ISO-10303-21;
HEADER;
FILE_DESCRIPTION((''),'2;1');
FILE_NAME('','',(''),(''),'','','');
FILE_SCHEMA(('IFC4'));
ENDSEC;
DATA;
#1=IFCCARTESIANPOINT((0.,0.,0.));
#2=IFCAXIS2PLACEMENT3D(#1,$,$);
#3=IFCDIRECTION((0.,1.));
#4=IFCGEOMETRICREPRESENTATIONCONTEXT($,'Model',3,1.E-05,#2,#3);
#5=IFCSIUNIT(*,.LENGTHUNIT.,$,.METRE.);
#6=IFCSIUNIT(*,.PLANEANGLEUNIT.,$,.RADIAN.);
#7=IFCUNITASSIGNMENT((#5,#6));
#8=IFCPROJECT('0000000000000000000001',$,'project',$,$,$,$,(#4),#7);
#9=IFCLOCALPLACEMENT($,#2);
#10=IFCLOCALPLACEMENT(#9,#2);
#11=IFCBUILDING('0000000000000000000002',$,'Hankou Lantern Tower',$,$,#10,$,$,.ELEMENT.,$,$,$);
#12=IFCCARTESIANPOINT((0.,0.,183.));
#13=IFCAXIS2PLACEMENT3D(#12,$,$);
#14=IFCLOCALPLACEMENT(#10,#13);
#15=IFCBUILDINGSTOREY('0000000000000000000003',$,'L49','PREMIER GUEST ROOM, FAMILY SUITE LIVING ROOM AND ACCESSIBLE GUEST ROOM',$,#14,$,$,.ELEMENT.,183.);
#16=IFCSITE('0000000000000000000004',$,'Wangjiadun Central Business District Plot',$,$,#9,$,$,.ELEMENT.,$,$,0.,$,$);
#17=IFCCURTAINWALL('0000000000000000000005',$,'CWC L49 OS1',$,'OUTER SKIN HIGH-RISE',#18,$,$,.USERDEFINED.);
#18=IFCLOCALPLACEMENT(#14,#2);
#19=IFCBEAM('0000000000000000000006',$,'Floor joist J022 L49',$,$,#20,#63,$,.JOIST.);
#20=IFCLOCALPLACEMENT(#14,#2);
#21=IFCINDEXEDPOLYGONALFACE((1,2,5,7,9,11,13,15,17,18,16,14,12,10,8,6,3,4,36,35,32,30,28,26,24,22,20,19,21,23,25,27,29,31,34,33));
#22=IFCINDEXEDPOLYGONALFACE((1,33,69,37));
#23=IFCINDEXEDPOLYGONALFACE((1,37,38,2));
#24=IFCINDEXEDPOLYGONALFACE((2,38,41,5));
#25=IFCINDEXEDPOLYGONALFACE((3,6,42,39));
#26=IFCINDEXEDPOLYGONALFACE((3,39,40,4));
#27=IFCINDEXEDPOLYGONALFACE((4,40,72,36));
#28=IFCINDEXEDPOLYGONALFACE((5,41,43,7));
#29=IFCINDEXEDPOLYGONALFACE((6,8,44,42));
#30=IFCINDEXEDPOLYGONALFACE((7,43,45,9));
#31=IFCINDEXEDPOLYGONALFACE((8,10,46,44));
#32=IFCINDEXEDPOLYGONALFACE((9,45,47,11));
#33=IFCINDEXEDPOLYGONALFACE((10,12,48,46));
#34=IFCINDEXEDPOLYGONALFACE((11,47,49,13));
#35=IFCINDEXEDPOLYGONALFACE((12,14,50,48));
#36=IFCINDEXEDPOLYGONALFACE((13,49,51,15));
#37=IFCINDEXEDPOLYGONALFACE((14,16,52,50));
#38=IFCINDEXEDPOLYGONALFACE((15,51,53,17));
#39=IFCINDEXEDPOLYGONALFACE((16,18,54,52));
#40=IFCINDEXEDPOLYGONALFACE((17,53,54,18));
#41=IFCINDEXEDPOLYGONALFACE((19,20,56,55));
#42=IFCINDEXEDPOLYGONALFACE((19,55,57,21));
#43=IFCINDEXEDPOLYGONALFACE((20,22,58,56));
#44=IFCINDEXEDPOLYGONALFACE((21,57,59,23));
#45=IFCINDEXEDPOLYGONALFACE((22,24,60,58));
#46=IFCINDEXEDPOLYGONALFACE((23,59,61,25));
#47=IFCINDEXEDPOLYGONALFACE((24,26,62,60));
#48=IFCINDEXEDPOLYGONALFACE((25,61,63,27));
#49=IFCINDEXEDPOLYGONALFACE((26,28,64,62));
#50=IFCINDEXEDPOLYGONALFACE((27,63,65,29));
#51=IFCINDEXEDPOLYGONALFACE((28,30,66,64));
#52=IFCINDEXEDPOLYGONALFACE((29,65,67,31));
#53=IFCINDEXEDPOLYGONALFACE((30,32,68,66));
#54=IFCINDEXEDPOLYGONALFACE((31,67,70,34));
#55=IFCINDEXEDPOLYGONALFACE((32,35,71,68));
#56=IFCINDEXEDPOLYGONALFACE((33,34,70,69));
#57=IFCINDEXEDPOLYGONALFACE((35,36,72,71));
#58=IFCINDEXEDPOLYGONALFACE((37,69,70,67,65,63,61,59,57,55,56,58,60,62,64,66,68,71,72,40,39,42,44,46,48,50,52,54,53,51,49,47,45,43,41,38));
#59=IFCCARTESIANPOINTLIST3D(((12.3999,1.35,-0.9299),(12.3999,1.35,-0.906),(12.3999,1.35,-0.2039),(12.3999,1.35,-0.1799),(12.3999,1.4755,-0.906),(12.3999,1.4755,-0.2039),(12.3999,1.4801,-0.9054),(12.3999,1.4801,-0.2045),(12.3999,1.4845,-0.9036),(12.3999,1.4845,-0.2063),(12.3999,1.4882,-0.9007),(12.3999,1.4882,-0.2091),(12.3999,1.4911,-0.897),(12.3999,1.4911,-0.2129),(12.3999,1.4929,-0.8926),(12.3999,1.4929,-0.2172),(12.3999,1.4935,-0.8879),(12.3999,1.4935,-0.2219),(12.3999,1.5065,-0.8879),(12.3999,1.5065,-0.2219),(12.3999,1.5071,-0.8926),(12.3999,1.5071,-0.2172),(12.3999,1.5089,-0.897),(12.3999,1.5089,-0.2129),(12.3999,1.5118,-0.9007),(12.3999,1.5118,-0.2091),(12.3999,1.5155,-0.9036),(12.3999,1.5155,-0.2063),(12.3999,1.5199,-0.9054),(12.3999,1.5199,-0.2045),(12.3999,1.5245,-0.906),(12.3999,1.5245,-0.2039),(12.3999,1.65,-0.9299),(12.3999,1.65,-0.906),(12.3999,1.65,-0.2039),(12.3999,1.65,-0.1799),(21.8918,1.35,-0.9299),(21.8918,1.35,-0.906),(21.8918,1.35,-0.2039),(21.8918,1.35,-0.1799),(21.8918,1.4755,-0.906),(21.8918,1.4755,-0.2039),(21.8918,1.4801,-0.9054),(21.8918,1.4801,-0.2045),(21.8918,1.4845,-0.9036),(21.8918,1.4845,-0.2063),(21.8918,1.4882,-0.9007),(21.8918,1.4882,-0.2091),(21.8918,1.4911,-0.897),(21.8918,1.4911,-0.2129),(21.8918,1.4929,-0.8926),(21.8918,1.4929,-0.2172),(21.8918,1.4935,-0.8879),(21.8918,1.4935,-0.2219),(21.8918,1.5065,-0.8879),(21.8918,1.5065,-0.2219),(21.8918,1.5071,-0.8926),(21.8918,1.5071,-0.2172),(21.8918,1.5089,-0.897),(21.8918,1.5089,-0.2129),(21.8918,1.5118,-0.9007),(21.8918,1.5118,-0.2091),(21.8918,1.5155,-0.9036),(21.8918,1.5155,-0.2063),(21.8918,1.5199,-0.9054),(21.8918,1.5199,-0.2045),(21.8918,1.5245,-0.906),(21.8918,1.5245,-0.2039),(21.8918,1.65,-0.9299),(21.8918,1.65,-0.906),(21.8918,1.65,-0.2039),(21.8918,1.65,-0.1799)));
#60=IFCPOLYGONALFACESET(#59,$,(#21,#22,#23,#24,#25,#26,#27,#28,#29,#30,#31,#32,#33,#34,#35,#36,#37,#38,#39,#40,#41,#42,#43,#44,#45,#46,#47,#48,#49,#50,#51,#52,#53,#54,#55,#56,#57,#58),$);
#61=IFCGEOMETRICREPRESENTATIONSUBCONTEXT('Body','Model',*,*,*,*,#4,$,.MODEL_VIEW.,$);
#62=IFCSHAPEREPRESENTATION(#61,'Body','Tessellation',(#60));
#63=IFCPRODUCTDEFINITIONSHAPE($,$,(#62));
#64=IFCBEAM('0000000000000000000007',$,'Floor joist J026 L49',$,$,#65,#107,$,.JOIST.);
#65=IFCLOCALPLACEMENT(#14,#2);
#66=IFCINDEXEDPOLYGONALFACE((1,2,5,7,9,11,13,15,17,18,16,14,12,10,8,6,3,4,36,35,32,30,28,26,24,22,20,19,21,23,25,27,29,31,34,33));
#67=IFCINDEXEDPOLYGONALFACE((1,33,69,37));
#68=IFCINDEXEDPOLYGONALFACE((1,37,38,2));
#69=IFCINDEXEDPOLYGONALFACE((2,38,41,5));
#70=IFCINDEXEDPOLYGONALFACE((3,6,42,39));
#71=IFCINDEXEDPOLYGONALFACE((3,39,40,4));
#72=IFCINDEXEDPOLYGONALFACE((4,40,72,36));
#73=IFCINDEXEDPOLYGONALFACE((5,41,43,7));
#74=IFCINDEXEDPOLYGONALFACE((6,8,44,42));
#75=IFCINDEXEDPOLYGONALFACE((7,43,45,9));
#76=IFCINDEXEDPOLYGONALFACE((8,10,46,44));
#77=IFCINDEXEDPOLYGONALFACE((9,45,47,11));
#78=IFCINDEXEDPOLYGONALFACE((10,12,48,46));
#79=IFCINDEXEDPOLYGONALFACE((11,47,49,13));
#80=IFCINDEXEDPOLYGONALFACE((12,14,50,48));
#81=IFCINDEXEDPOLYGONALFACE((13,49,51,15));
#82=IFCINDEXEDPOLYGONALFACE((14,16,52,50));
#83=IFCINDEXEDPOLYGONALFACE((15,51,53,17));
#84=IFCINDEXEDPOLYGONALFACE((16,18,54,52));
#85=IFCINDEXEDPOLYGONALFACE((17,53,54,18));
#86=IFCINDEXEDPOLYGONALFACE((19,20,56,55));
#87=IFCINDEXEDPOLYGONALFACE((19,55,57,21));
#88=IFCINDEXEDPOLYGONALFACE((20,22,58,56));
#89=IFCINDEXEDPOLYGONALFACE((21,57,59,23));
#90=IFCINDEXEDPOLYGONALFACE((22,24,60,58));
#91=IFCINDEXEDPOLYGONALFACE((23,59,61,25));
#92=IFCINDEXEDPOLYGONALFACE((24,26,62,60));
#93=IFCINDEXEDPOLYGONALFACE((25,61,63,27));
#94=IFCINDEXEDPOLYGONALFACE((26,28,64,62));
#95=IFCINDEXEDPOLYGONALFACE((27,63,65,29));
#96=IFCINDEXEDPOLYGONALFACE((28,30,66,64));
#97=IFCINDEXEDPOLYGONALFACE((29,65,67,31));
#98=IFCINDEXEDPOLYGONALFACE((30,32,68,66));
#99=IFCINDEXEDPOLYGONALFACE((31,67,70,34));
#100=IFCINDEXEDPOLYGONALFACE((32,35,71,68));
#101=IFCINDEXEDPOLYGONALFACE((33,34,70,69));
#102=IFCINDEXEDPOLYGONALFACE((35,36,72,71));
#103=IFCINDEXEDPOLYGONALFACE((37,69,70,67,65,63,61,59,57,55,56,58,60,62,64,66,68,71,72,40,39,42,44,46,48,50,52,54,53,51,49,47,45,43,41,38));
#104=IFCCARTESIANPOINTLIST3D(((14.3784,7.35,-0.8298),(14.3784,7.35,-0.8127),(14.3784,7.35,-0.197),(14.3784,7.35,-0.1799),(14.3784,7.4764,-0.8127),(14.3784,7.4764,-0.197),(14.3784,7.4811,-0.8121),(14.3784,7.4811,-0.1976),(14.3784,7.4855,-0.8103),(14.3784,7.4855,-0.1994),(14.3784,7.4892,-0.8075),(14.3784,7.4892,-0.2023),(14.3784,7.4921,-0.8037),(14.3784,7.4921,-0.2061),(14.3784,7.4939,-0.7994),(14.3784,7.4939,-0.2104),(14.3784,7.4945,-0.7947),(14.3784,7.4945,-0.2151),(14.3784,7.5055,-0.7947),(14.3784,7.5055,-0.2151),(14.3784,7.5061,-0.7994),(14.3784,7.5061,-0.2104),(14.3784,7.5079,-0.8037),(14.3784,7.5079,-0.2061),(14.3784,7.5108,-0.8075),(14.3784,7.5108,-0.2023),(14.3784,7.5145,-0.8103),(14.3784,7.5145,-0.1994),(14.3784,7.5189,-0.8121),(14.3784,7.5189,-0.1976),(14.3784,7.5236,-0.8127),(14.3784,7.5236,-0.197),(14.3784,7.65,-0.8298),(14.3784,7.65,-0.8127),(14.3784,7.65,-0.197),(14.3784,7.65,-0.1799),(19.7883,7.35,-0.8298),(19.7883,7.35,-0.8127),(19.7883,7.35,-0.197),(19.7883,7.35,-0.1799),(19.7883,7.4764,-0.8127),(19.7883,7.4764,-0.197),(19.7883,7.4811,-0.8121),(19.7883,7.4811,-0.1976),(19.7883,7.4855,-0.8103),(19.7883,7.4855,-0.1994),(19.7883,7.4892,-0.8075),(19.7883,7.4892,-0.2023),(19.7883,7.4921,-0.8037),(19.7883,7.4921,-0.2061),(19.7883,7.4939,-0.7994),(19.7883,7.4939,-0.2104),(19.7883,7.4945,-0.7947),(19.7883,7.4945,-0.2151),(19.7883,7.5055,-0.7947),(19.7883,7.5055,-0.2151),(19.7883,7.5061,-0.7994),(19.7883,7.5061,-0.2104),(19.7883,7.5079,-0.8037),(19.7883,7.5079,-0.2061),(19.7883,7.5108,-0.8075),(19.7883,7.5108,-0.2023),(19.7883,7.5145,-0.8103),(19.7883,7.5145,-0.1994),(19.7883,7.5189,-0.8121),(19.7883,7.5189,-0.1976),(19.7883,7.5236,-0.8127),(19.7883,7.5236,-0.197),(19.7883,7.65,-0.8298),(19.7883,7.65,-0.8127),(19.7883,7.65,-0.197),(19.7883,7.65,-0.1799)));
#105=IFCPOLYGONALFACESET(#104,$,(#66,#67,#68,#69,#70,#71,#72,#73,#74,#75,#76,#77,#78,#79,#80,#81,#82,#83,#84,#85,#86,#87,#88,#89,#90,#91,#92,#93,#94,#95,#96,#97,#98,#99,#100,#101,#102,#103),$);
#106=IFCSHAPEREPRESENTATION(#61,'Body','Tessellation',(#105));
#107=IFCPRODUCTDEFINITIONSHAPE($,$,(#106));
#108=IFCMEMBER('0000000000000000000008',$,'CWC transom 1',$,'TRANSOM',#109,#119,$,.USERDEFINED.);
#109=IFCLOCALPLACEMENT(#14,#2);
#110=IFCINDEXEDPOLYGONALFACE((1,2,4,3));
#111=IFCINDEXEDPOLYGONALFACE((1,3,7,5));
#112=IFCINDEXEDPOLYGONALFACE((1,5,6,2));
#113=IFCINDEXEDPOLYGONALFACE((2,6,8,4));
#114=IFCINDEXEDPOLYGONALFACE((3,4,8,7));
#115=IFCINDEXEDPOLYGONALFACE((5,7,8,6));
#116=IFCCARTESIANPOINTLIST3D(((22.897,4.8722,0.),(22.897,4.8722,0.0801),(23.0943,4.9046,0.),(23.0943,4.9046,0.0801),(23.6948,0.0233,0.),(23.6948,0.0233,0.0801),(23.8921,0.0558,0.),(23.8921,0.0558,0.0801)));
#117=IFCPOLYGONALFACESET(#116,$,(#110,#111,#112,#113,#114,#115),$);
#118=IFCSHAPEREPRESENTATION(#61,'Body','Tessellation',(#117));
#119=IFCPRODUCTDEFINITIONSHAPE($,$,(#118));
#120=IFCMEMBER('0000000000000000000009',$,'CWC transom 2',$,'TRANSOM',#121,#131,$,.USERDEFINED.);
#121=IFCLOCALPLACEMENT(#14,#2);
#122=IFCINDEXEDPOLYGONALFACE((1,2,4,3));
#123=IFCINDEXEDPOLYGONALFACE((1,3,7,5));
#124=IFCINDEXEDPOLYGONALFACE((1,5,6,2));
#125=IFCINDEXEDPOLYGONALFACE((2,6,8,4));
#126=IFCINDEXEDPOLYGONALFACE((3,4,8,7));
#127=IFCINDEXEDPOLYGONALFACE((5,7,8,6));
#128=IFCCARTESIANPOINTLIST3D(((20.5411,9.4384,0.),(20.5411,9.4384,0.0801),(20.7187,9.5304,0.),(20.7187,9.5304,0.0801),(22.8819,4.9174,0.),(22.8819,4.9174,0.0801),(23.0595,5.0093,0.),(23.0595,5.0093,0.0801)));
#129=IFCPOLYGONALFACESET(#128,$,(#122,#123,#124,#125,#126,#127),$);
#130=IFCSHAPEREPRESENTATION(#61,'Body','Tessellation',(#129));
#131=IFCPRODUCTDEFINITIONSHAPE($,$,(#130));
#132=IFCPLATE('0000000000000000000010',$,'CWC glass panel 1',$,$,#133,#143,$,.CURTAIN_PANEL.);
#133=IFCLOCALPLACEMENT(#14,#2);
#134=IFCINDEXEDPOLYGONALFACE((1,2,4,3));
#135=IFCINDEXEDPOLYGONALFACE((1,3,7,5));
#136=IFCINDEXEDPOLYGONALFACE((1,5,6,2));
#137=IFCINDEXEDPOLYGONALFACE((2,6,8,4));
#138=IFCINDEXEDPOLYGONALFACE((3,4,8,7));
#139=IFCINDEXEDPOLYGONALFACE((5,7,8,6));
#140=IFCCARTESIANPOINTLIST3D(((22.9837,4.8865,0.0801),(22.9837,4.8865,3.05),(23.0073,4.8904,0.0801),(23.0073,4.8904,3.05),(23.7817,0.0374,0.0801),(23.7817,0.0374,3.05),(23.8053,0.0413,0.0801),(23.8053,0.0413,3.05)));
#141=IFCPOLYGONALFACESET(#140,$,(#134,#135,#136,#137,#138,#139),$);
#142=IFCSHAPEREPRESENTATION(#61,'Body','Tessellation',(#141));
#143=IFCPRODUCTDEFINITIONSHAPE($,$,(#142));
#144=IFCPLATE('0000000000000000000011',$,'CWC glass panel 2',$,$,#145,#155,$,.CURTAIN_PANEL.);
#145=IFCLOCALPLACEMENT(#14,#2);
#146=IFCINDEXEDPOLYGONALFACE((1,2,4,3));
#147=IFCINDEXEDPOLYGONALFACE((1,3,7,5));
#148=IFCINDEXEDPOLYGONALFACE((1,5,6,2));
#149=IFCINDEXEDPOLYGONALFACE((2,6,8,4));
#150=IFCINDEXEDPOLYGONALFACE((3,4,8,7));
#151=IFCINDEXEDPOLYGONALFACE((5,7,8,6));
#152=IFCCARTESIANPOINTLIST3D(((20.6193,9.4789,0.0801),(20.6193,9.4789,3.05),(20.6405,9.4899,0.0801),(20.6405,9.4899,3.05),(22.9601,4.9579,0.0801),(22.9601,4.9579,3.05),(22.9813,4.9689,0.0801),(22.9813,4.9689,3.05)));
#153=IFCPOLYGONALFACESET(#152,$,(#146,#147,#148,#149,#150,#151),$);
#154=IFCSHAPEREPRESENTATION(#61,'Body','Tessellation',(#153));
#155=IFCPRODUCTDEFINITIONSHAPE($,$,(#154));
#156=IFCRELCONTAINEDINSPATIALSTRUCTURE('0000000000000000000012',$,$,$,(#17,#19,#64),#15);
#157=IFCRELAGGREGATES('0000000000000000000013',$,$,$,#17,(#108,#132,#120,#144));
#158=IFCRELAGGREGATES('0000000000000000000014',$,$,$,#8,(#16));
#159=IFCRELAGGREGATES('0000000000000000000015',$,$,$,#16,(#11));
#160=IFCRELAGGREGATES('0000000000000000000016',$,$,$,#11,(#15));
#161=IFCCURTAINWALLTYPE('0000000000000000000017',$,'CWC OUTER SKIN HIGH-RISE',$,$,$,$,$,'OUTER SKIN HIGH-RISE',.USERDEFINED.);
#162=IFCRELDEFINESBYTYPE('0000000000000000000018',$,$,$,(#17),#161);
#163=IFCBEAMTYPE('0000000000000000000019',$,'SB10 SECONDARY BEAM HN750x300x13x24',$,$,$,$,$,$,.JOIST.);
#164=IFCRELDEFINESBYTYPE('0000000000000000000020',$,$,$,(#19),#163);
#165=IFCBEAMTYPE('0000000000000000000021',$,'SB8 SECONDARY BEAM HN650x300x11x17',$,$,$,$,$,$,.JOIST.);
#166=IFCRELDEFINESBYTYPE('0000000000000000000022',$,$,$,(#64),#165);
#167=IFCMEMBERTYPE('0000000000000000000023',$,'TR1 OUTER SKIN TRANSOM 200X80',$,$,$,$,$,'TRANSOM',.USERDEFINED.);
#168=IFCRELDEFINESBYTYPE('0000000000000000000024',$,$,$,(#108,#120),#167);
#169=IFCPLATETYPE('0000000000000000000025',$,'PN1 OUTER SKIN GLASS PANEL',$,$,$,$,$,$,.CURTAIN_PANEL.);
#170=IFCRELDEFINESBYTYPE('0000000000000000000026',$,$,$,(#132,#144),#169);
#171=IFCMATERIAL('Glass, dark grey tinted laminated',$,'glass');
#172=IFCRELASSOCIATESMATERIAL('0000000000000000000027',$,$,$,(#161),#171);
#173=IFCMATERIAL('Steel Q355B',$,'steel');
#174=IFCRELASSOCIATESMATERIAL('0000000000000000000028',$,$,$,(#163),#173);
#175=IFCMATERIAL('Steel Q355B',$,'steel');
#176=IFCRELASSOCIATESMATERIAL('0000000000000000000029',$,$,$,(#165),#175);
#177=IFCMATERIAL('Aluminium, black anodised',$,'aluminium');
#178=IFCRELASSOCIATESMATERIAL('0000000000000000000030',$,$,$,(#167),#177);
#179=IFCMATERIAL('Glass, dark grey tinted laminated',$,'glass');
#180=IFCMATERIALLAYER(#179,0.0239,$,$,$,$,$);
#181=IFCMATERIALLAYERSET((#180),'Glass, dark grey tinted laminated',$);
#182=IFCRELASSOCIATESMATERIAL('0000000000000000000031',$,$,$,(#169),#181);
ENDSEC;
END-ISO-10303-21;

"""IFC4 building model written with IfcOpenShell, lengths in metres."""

from ifc_helpers import new_model, si_unit, direction, frame, origin, origin_2d, place, context, subcontext, project, spatial, rectangle, i_section, extrude, material, layer, layer_set, material_profile, profile_set, type_object, element, aggregate, save


model = new_model("IFC4")

# Units and contexts
model_context = context("Model", 3, precision=1e-05, world=origin(), true_north=direction((0.0, 1.0)))
body_context = subcontext(model_context, "Body", "Model", "MODEL_VIEW")
ifc_project = project(units=[si_unit("LENGTHUNIT", "METRE"), si_unit("PLANEANGLEUNIT", "RADIAN")], contexts=[model_context])

# Site, building, storey
site_placement = place(None, origin())
site = spatial("IfcSite", under=ifc_project, at=site_placement, Name="Wangjiadun Central Business District Plot", CompositionType="ELEMENT", RefElevation=0.0)
building_placement = place(site_placement, origin())
building = spatial("IfcBuilding", under=site, at=building_placement, Name="Hankou Lantern Tower", CompositionType="ELEMENT")
storey_placement = place(building_placement, frame((0.0, 0.0, 183.0)))
storey = spatial("IfcBuildingStorey", under=building, at=storey_placement, Name="L49", Description="PREMIER GUEST ROOM, FAMILY SUITE LIVING ROOM AND ACCESSIBLE GUEST ROOM", CompositionType="ELEMENT", Elevation=183.0)

# Curtain wall
ifc_material_1 = material(Name="Glass, dark grey tinted laminated", Category="glass")
curtain_wall_type = type_object("IfcCurtainWallType", Name="CWC OUTER SKIN HIGH-RISE", ElementType="OUTER SKIN HIGH-RISE", PredefinedType="USERDEFINED", material=ifc_material_1)
curtain_wall_placement = place(storey_placement, origin())
curtain_wall = element("IfcCurtainWall", 1, at=curtain_wall_placement, inside=storey, type_object=curtain_wall_type, Name="CWC L49 OS1", ObjectType="OUTER SKIN HIGH-RISE", PredefinedType="USERDEFINED")

# Beams
ifc_material_2 = material(Name="Steel Q355B", Category="steel")
ifc_material_profile_1 = material_profile(ifc_material_2, i_section(OverallWidth=0.3, OverallDepth=0.75, WebThickness=0.0129, FlangeThickness=0.0239, FilletRadius=0.0181, at=origin_2d()), Name="HN750x300x13x24")
ifc_profile_set_1 = profile_set([ifc_material_profile_1], Name="Steel Q355B")
beam_type_1 = type_object("IfcBeamType", Name="SB10 SECONDARY BEAM HN750x300x13x24", PredefinedType="JOIST", material=ifc_profile_set_1)
beam_1_placement = place(storey_placement, frame((12.3999, 1.5, -0.5549), z_axis=(1.0, 0.0, 0.0), x_axis=(0.0, 1.0, 0.0)))
element("IfcBeam", 2, at=beam_1_placement, inside=storey, type_object=beam_type_1, Name="Floor joist J022 L49", PredefinedType="JOIST", context=body_context, shape_type="SweptSolid", body=[
    extrude(i_section(OverallWidth=0.3, OverallDepth=0.75, WebThickness=0.0129, FlangeThickness=0.0239, FilletRadius=0.0181, at=origin_2d()), origin(), (0.0, 0.0, 1.0), 9.4919),
])
ifc_material_3 = material(Name="Steel Q355B", Category="steel")
ifc_material_profile_2 = material_profile(ifc_material_3, i_section(OverallWidth=0.3, OverallDepth=0.6499, WebThickness=0.011, FlangeThickness=0.0171, FilletRadius=0.0181, at=origin_2d()), Name="HN650x300x11x17")
ifc_profile_set_2 = profile_set([ifc_material_profile_2], Name="Steel Q355B")
beam_type_2 = type_object("IfcBeamType", Name="SB8 SECONDARY BEAM HN650x300x11x17", PredefinedType="JOIST", material=ifc_profile_set_2)
beam_2_placement = place(storey_placement, frame((14.3784, 7.5, -0.5049), z_axis=(1.0, 0.0, 0.0), x_axis=(0.0, 1.0, 0.0)))
element("IfcBeam", 3, at=beam_2_placement, inside=storey, type_object=beam_type_2, Name="Floor joist J026 L49", PredefinedType="JOIST", context=body_context, shape_type="SweptSolid", body=[
    extrude(i_section(OverallWidth=0.3, OverallDepth=0.6499, WebThickness=0.011, FlangeThickness=0.0171, FilletRadius=0.0181, at=origin_2d()), origin(), (0.0, 0.0, 1.0), 5.4099),
])

# Members
ifc_material_4 = material(Name="Aluminium, black anodised", Category="aluminium")
ifc_material_profile_3 = material_profile(ifc_material_4, rectangle(XDim=0.2, YDim=0.0801, at=origin_2d()), Name="TR1 200X80")
ifc_profile_set_3 = profile_set([ifc_material_profile_3], Name="Aluminium, black anodised")
member_type_1 = type_object("IfcMemberType", Name="TR1 OUTER SKIN TRANSOM 200X80", ElementType="TRANSOM", PredefinedType="USERDEFINED", material=ifc_profile_set_3)
member_1_placement = place(storey_placement, frame((23.7935, 0.0396, 0.04), z_axis=(-0.16236, 0.986732, 0.0), x_axis=(-0.986732, -0.16236, 0.0)))
member_1 = element("IfcMember", 4, at=member_1_placement, type_object=member_type_1, Name="CWC transom 1", ObjectType="TRANSOM", PredefinedType="USERDEFINED", context=body_context, shape_type="SweptSolid", body=[
    extrude(rectangle(XDim=0.2, YDim=0.0801, at=origin_2d()), origin(), (0.0, 0.0, 1.0), 4.9141),
])
member_2_placement = place(storey_placement, frame((22.9707, 4.9634, 0.04), z_axis=(-0.459791, 0.888027, 0.0), x_axis=(-0.888027, -0.459791, 0.0)))
member_2 = element("IfcMember", 5, at=member_2_placement, type_object=member_type_1, Name="CWC transom 2", ObjectType="TRANSOM", PredefinedType="USERDEFINED", context=body_context, shape_type="SweptSolid", body=[
    extrude(rectangle(XDim=0.2, YDim=0.0801, at=origin_2d()), origin(), (0.0, 0.0, 1.0), 5.0911),
])

# Plates
ifc_material_5 = material(Name="Glass, dark grey tinted laminated", Category="glass")
ifc_layer_1 = layer(ifc_material_5, 0.0239)
ifc_layer_set_1 = layer_set([ifc_layer_1], Name="Glass, dark grey tinted laminated")
plate_type = type_object("IfcPlateType", Name="PN1 OUTER SKIN GLASS PANEL", PredefinedType="CURTAIN_PANEL", material=ifc_layer_set_1)
plate_1_placement = place(storey_placement, frame((23.3945, 2.4639, 0.0801), z_axis=(0.0, 0.0, 1.0), x_axis=(-0.162382, 0.986728, 0.0)))
plate_1 = element("IfcPlate", 6, at=plate_1_placement, type_object=plate_type, Name="CWC glass panel 1", PredefinedType="CURTAIN_PANEL", context=body_context, shape_type="SweptSolid", body=[
    extrude(rectangle(XDim=4.9143, YDim=0.0239, at=origin_2d()), origin(), (0.0, 0.0, 1.0), 2.97),
])
plate_2_placement = place(storey_placement, frame((21.8003, 7.2239, 0.0801), z_axis=(0.0, 0.0, 1.0), x_axis=(-0.459791, 0.888027, 0.0)))
plate_2 = element("IfcPlate", 7, at=plate_2_placement, type_object=plate_type, Name="CWC glass panel 2", PredefinedType="CURTAIN_PANEL", context=body_context, shape_type="SweptSolid", body=[
    extrude(rectangle(XDim=5.0911, YDim=0.0239, at=origin_2d()), origin(), (0.0, 0.0, 1.0), 2.97),
])
aggregate(curtain_wall, [member_1, plate_1, member_2, plate_2])

save(model, "model.ifc")
